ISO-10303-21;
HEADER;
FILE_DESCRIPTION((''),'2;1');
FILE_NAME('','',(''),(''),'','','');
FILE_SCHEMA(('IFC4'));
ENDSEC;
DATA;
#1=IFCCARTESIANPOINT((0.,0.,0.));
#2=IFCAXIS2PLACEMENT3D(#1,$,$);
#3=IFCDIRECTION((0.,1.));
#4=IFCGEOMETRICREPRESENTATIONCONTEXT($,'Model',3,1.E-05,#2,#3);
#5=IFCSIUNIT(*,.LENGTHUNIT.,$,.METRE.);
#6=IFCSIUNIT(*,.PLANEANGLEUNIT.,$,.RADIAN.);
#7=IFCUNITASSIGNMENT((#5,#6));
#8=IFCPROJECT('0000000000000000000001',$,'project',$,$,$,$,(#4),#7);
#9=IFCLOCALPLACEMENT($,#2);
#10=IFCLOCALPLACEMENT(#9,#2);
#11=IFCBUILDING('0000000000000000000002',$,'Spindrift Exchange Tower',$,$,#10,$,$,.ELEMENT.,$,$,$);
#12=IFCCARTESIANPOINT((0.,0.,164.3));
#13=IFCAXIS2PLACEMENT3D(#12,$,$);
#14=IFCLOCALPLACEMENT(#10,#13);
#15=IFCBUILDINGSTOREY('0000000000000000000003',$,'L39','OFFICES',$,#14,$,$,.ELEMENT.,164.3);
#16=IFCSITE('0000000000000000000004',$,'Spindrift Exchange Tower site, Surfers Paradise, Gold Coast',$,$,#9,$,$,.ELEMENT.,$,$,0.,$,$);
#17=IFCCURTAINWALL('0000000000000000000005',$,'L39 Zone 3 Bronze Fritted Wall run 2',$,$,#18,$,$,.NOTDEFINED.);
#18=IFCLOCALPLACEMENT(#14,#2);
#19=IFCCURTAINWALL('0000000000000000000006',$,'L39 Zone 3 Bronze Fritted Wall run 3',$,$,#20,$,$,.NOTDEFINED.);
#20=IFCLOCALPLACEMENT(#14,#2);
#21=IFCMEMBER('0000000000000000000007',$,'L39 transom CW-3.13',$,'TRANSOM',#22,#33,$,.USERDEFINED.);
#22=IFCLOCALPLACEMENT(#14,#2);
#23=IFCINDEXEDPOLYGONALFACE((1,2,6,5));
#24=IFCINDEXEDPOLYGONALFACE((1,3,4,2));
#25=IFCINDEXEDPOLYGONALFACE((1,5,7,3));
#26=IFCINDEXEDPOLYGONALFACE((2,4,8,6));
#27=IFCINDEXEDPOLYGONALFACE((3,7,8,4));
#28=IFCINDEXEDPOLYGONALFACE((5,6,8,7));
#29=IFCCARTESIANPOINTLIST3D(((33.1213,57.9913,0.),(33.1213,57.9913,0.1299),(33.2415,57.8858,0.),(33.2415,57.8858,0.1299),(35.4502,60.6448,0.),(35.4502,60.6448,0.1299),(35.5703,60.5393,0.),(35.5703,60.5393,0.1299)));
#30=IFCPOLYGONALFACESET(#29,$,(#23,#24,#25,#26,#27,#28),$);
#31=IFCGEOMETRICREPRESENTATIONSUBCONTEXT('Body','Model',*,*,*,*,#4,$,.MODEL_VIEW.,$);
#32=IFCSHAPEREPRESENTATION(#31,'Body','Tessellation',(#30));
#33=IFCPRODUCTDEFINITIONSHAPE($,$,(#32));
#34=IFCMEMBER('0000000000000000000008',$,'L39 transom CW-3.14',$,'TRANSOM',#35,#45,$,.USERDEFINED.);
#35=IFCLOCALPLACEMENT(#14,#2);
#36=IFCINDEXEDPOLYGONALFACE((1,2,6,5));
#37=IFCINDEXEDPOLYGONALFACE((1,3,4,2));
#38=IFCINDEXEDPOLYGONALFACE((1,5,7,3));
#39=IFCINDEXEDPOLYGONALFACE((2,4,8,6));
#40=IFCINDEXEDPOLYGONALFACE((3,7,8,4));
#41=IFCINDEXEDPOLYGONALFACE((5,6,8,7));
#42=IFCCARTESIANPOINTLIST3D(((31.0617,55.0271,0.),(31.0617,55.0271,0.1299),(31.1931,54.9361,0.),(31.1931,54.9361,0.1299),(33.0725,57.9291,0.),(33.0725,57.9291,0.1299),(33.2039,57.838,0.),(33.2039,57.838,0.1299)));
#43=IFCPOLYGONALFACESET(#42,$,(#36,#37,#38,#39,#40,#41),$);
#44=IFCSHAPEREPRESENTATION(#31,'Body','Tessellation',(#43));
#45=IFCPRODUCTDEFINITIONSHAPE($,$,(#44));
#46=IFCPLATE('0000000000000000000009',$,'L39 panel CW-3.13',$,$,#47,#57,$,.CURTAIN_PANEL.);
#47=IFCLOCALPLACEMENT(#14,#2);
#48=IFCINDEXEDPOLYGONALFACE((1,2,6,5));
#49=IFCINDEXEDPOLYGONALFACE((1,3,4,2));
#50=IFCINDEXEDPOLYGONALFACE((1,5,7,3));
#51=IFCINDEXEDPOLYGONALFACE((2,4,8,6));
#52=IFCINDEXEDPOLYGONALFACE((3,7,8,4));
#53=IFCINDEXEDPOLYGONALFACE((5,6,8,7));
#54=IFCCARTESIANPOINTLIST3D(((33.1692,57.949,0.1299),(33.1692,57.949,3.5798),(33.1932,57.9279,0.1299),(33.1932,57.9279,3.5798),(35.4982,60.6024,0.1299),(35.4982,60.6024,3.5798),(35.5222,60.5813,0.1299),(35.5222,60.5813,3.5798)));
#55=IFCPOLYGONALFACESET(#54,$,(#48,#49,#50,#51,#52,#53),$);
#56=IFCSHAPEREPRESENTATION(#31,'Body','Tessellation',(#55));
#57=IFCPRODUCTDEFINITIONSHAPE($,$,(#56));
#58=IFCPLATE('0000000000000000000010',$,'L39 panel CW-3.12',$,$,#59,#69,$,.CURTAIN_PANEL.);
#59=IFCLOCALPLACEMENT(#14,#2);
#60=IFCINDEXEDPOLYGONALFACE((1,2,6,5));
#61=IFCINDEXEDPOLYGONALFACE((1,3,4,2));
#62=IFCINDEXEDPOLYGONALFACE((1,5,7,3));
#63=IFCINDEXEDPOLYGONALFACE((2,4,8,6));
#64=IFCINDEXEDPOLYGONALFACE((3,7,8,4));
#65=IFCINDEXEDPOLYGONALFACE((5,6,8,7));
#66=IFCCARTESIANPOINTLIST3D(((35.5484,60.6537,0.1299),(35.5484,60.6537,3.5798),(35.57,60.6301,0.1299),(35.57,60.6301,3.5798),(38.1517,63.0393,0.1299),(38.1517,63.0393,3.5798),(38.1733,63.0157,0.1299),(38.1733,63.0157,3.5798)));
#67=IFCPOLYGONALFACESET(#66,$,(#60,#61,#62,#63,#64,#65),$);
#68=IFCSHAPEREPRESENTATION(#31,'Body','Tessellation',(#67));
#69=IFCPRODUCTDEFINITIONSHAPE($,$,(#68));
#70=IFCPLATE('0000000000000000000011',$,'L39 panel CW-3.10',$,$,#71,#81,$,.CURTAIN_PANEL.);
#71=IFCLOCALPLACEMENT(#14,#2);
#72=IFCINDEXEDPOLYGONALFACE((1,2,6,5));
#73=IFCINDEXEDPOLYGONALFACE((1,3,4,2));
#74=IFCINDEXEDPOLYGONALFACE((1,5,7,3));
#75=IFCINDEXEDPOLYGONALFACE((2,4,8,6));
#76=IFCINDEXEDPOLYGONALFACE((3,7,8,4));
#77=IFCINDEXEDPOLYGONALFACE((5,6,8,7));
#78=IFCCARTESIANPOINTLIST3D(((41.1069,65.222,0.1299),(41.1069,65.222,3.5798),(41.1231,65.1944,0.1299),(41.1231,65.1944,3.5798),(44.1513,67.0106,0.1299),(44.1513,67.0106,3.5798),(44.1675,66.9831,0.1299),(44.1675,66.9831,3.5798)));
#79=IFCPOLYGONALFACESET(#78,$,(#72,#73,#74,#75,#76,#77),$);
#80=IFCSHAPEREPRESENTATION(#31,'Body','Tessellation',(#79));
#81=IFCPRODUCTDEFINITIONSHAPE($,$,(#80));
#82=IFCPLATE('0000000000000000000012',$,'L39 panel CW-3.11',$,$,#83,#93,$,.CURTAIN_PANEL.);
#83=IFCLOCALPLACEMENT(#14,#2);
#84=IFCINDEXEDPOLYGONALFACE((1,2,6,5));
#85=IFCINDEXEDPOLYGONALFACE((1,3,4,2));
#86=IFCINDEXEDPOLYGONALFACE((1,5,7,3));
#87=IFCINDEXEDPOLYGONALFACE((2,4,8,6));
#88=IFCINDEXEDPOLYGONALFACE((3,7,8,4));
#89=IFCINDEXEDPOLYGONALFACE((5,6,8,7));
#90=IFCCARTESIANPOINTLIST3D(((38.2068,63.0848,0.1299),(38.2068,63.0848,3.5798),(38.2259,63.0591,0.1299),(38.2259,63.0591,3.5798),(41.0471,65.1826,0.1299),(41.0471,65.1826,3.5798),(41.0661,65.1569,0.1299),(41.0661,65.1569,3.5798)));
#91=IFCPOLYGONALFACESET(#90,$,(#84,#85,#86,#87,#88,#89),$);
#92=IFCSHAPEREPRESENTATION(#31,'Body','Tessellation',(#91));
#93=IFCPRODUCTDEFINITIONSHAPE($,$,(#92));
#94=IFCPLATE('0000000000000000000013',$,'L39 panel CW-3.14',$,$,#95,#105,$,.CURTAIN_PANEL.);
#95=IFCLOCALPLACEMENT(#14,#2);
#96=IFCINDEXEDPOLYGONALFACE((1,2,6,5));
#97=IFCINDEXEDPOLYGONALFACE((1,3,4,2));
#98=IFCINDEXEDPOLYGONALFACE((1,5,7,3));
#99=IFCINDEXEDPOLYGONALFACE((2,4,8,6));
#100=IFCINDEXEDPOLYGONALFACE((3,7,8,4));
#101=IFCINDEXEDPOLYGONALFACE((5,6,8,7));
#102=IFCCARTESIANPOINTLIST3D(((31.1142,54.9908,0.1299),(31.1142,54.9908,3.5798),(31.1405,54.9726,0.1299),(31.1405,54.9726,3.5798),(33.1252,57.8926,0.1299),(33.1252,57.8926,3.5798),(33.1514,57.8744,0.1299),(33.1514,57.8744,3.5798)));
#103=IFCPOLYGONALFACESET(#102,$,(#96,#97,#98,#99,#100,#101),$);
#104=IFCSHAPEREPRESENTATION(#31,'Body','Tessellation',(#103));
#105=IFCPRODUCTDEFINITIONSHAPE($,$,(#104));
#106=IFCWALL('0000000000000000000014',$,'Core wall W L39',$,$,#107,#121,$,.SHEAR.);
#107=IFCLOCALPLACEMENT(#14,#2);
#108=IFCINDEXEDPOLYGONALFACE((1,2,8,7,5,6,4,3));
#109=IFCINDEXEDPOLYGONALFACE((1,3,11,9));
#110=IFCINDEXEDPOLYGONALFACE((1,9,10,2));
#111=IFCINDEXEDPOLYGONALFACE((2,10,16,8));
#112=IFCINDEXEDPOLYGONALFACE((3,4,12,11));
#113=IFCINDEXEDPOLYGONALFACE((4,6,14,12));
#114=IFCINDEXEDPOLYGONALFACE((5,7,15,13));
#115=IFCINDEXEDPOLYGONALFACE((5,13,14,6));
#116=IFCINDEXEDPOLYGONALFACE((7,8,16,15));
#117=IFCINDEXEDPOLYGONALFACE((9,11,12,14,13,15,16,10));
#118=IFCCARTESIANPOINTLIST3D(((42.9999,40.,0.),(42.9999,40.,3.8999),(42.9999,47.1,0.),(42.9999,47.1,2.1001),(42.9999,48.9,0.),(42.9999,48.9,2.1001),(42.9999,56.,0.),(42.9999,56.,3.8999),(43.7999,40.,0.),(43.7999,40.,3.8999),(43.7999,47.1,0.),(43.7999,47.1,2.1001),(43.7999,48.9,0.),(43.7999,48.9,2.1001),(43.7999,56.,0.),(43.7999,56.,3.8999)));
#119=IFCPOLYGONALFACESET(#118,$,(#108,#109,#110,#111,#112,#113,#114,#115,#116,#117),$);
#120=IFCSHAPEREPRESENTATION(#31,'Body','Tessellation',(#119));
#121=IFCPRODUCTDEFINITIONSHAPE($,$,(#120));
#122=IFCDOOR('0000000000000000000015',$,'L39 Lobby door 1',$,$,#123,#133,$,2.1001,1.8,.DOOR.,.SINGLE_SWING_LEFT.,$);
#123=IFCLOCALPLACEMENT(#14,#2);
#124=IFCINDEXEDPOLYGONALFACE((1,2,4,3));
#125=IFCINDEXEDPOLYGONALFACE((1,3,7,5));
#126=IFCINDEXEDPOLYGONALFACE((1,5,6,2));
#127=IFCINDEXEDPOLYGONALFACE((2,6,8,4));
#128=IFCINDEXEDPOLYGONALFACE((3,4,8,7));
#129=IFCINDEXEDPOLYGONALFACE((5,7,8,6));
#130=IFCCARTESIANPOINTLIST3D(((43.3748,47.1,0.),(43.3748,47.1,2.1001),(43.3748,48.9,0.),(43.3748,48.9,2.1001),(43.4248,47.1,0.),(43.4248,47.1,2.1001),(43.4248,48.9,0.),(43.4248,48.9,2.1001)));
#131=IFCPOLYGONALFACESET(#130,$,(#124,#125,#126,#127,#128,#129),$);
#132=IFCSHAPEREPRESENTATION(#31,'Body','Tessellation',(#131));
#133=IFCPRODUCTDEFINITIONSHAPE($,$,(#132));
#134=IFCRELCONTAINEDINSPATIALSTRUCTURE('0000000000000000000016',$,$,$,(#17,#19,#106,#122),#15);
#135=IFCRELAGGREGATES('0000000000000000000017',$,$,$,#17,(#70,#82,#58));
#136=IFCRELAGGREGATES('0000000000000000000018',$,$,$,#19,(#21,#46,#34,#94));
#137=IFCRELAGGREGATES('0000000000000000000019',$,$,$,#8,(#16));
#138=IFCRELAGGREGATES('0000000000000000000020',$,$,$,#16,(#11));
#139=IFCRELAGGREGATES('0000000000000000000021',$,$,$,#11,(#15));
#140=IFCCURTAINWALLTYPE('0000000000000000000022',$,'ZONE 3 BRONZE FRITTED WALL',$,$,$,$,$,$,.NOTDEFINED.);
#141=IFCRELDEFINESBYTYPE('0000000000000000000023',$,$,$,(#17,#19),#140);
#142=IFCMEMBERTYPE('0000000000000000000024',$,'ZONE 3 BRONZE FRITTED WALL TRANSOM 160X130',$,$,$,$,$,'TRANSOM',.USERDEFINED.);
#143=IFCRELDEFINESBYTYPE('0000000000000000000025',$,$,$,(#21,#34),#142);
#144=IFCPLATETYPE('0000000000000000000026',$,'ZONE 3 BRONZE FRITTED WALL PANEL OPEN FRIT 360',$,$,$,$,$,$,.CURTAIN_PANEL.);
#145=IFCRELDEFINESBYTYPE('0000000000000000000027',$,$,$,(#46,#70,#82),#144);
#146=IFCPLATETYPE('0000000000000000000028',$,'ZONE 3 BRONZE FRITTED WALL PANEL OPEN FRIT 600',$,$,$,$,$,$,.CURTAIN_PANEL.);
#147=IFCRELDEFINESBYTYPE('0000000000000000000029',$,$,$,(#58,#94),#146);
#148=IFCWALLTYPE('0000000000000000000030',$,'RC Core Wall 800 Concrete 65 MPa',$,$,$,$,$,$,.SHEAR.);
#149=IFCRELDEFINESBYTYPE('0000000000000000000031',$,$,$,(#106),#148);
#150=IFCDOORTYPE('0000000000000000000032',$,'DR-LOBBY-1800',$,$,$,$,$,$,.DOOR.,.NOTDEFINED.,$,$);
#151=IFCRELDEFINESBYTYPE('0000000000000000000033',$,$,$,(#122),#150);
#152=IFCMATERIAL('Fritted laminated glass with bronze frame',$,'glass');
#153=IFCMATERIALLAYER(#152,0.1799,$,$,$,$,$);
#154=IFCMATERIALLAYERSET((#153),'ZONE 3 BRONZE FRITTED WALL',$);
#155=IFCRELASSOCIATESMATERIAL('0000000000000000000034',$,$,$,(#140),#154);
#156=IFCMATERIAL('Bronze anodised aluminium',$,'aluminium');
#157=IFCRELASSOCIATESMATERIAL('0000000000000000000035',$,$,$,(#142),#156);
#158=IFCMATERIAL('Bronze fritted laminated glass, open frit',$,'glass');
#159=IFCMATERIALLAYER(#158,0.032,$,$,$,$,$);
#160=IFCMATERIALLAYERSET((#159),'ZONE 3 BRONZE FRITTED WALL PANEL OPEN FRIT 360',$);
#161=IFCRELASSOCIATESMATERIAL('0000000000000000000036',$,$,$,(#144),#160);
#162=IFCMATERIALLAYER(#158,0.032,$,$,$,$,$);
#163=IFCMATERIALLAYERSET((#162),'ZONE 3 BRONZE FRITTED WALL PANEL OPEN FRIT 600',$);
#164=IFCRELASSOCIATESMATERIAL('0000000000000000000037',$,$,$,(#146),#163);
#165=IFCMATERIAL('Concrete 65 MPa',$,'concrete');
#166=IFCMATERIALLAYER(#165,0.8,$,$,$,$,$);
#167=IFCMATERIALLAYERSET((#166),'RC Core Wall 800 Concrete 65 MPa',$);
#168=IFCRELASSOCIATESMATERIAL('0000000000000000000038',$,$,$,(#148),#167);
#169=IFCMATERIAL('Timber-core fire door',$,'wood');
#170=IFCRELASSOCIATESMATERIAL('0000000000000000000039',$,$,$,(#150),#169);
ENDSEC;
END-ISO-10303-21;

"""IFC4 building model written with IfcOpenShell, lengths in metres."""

from ifc_helpers import new_model, si_unit, direction, frame, frame_2d, origin, origin_2d, place, context, subcontext, project, spatial, rectangle, extrude, source, transform, mapped, material, layer, layer_set, material_profile, profile_set, type_object, element, fill, aggregate, save


model = new_model("IFC4")

# Units and contexts
model_context = context("Model", 3, precision=1e-05, world=origin(), true_north=direction((0.0, 1.0)))
body_context = subcontext(model_context, "Body", "Model", "MODEL_VIEW")
ifc_project = project(units=[si_unit("LENGTHUNIT", "METRE"), si_unit("PLANEANGLEUNIT", "RADIAN")], contexts=[model_context])

# Site, building, storey
site_placement = place(None, origin())
site = spatial("IfcSite", under=ifc_project, at=site_placement, Name="Spindrift Exchange Tower site, Surfers Paradise, Gold Coast", CompositionType="ELEMENT", RefElevation=0.0)
building_placement = place(site_placement, origin())
building = spatial("IfcBuilding", under=site, at=building_placement, Name="Spindrift Exchange Tower", CompositionType="ELEMENT")
storey_placement = place(building_placement, frame((0.0, 0.0, 164.3)))
storey = spatial("IfcBuildingStorey", under=building, at=storey_placement, Name="L39", Description="OFFICES", CompositionType="ELEMENT", Elevation=164.3)

# Curtain walls
ifc_material_1 = material(Name="Fritted laminated glass with bronze frame", Category="glass")
ifc_layer_1 = layer(ifc_material_1, 0.1799)
ifc_layer_set_1 = layer_set([ifc_layer_1], Name="ZONE 3 BRONZE FRITTED WALL")
curtain_wall_type = type_object("IfcCurtainWallType", Name="ZONE 3 BRONZE FRITTED WALL", PredefinedType="NOTDEFINED", material=ifc_layer_set_1)
curtain_wall_1_placement = place(storey_placement, origin())
curtain_wall_1 = element("IfcCurtainWall", 1, at=curtain_wall_1_placement, inside=storey, type_object=curtain_wall_type, Name="L39 Zone 3 Bronze Fritted Wall run 2", PredefinedType="NOTDEFINED")
ifc_material_2 = material(Name="Bronze anodised aluminium", Category="aluminium")
curtain_wall_2_placement = place(storey_placement, origin())
curtain_wall_2 = element("IfcCurtainWall", 2, at=curtain_wall_2_placement, inside=storey, type_object=curtain_wall_type, Name="L39 Zone 3 Bronze Fritted Wall run 3", PredefinedType="NOTDEFINED")

# Members
ifc_material_profile_1 = material_profile(ifc_material_2, rectangle(XDim=0.1599, YDim=0.1299, at=origin_2d()), Name="ZONE 3 BRONZE FRITTED WALL TRANSOM 160X130")
ifc_profile_set_1 = profile_set([ifc_material_profile_1], Name="Bronze anodised aluminium")
member_type_1 = type_object("IfcMemberType", Name="ZONE 3 BRONZE FRITTED WALL TRANSOM 160X130", ElementType="TRANSOM", PredefinedType="USERDEFINED", material=ifc_profile_set_1)
shared_shape_1 = source(origin(), body_context, "Body", "SweptSolid", [
    extrude(rectangle(XDim=0.1599, YDim=0.1299, at=origin_2d()), origin(), (0.0, 0.0, 1.0), 3.5305),
])
member_1_placement = place(storey_placement, frame((35.5103, 60.592, 0.0649), z_axis=(-0.659625, -0.751595, 0.0), x_axis=(0.751595, -0.659625, 0.0)))
member_1 = element("IfcMember", 3, at=member_1_placement, type_object=member_type_1, Name="L39 transom CW-3.13", ObjectType="TRANSOM", PredefinedType="USERDEFINED", context=body_context, shape_type="MappedRepresentation", body=[
    mapped(shared_shape_1, transform((0.0, 0.0, 0.0), scale=1.0)),
])
member_2_placement = place(storey_placement, frame((33.1382, 57.8835, 0.0649), z_axis=(-0.569548, -0.821958, 0.0), x_axis=(0.821958, -0.569548, 0.0)))
member_2 = element("IfcMember", 4, at=member_2_placement, type_object=member_type_1, Name="L39 transom CW-3.14", ObjectType="TRANSOM", PredefinedType="USERDEFINED", context=body_context, shape_type="MappedRepresentation", body=[
    mapped(shared_shape_1, transform((0.0, 0.0, 0.0), scale=1.0)),
])

# Plates
ifc_material_3 = material(Name="Bronze fritted laminated glass, open frit", Category="glass")
ifc_layer_2 = layer(ifc_material_3, 0.032)
ifc_layer_set_2 = layer_set([ifc_layer_2], Name="ZONE 3 BRONZE FRITTED WALL PANEL OPEN FRIT 360")
plate_type_1 = type_object("IfcPlateType", Name="ZONE 3 BRONZE FRITTED WALL PANEL OPEN FRIT 360", PredefinedType="CURTAIN_PANEL", material=ifc_layer_set_2)
shared_shape_2 = source(origin(), body_context, "Body", "SweptSolid", [
    extrude(rectangle(XDim=3.5305, YDim=0.032, at=origin_2d()), origin(), (0.0, 0.0, 1.0), 3.45),
])
plate_1_placement = place(storey_placement, frame((34.3457, 59.2651, 0.1299), z_axis=(0.0, 0.0, 1.0), x_axis=(-0.659662, -0.751562, 0.0)))
plate_1 = element("IfcPlate", 5, at=plate_1_placement, type_object=plate_type_1, Name="L39 panel CW-3.13", PredefinedType="CURTAIN_PANEL", context=body_context, shape_type="MappedRepresentation", body=[
    mapped(shared_shape_2, transform((0.0, 0.0, 0.0), scale=1.0)),
])
ifc_layer_3 = layer(ifc_material_3, 0.032)
ifc_layer_set_3 = layer_set([ifc_layer_3], Name="ZONE 3 BRONZE FRITTED WALL PANEL OPEN FRIT 600")
plate_type_2 = type_object("IfcPlateType", Name="ZONE 3 BRONZE FRITTED WALL PANEL OPEN FRIT 600", PredefinedType="CURTAIN_PANEL", material=ifc_layer_set_3)
shared_shape_3 = source(origin(), body_context, "Body", "SweptSolid", [
    extrude(rectangle(XDim=3.531, YDim=0.032, at=origin_2d()), origin(), (0.0, 0.0, 1.0), 3.45),
])
plate_2_placement = place(storey_placement, frame((36.8608, 61.8347, 0.1299), z_axis=(0.0, 0.0, 1.0), x_axis=(-0.73726, -0.67561, 0.0)))
plate_2 = element("IfcPlate", 6, at=plate_2_placement, type_object=plate_type_2, Name="L39 panel CW-3.12", PredefinedType="CURTAIN_PANEL", context=body_context, shape_type="MappedRepresentation", body=[
    mapped(shared_shape_3, transform((0.0, 0.0, 0.0), scale=1.0)),
])
shared_shape_4 = source(origin(), body_context, "Body", "SweptSolid", [
    extrude(rectangle(XDim=3.531, YDim=0.032, at=origin_2d()), origin(), (0.0, 0.0, 1.0), 3.45),
])
plate_3_placement = place(storey_placement, frame((42.6372, 66.1025, 0.1299), z_axis=(0.0, 0.0, 1.0), x_axis=(-0.862212, -0.506547, 0.0)))
plate_3 = element("IfcPlate", 7, at=plate_3_placement, type_object=plate_type_1, Name="L39 panel CW-3.10", PredefinedType="CURTAIN_PANEL", context=body_context, shape_type="MappedRepresentation", body=[
    mapped(shared_shape_4, transform((0.0, 0.0, 0.0), scale=1.0)),
])
plate_4_placement = place(storey_placement, frame((39.6365, 64.1208, 0.1299), z_axis=(0.0, 0.0, 1.0), x_axis=(-0.804374, -0.594124, 0.0)))
plate_4 = element("IfcPlate", 8, at=plate_4_placement, type_object=plate_type_1, Name="L39 panel CW-3.11", PredefinedType="CURTAIN_PANEL", context=body_context, shape_type="MappedRepresentation", body=[
    mapped(shared_shape_4, transform((0.0, 0.0, 0.0), scale=1.0)),
])
aggregate(curtain_wall_1, [plate_3, plate_4, plate_2])
shared_shape_5 = source(origin(), body_context, "Body", "SweptSolid", [
    extrude(rectangle(XDim=3.5305, YDim=0.032, at=origin_2d()), origin(), (0.0, 0.0, 1.0), 3.45),
])
plate_5_placement = place(storey_placement, frame((32.1328, 56.4326, 0.1299), z_axis=(0.0, 0.0, 1.0), x_axis=(-0.569595, -0.821925, 0.0)))
plate_5 = element("IfcPlate", 9, at=plate_5_placement, type_object=plate_type_2, Name="L39 panel CW-3.14", PredefinedType="CURTAIN_PANEL", context=body_context, shape_type="MappedRepresentation", body=[
    mapped(shared_shape_5, transform((0.0, 0.0, 0.0), scale=1.0)),
])
aggregate(curtain_wall_2, [member_1, plate_1, member_2, plate_5])

# Wall, opening, door
ifc_material_4 = material(Name="Concrete 65 MPa", Category="concrete")
ifc_layer_4 = layer(ifc_material_4, 0.8)
ifc_layer_set_4 = layer_set([ifc_layer_4], Name="RC Core Wall 800 Concrete 65 MPa")
wall_type_1 = type_object("IfcWallType", Name="RC Core Wall 800 Concrete 65 MPa", PredefinedType="SHEAR", material=ifc_layer_set_4)
wall_1_placement = place(storey_placement, frame((43.3999, 56.0, 0.0), z_axis=(0.0, 0.0, 1.0), x_axis=(0.0, -1.0, 0.0)))
wall_1 = element("IfcWall", 10, at=wall_1_placement, inside=storey, type_object=wall_type_1, Name="Core wall W L39", PredefinedType="SHEAR", context=body_context, shape_type="SweptSolid", body=[
    extrude(rectangle(XDim=16.0, YDim=0.8, at=frame_2d((8.0, 0.0))), origin(), (0.0, 0.0, 1.0), 3.8999),
])
opening_1_placement = place(wall_1_placement, frame((7.1001, 0.0, 0.0)))
opening_1 = element("IfcOpeningElement", 11, at=opening_1_placement, cuts=wall_1, PredefinedType="OPENING", context=body_context, shape_type="SweptSolid", body=[
    extrude(rectangle(XDim=1.8, YDim=2.1001, at=frame_2d((0.8999, 1.05))), frame((0.0, 0.4099, 0.0), z_axis=(0.0, -1.0, 0.0), x_axis=(1.0, 0.0, 0.0)), (0.0, 0.0, 1.0), 0.8201),
])
ifc_material_5 = material(Name="Timber-core fire door", Category="wood")
door_type_1 = type_object("IfcDoorType", Name="DR-LOBBY-1800", OperationType="NOTDEFINED", PredefinedType="DOOR", material=ifc_material_5)
shared_shape_6 = source(origin(), body_context, "Body", "SweptSolid", [
    extrude(rectangle(XDim=1.8, YDim=2.1001, at=frame_2d((0.8999, 1.05))), frame((0.0, 0.0249, 0.0), z_axis=(0.0, -1.0, 0.0), x_axis=(1.0, 0.0, 0.0)), (0.0, 0.0, 1.0), 0.05),
])
door_1_placement = place(opening_1_placement, origin())
door_1 = element("IfcDoor", 12, at=door_1_placement, inside=storey, type_object=door_type_1, Name="L39 Lobby door 1", OperationType="SINGLE_SWING_LEFT", OverallHeight=2.1001, OverallWidth=1.8, PredefinedType="DOOR", context=body_context, shape_type="MappedRepresentation", body=[
    mapped(shared_shape_6, transform((0.0, 0.0, 0.0), scale=1.0)),
])
fill(opening_1, door_1)

save(model, "model.ifc")
